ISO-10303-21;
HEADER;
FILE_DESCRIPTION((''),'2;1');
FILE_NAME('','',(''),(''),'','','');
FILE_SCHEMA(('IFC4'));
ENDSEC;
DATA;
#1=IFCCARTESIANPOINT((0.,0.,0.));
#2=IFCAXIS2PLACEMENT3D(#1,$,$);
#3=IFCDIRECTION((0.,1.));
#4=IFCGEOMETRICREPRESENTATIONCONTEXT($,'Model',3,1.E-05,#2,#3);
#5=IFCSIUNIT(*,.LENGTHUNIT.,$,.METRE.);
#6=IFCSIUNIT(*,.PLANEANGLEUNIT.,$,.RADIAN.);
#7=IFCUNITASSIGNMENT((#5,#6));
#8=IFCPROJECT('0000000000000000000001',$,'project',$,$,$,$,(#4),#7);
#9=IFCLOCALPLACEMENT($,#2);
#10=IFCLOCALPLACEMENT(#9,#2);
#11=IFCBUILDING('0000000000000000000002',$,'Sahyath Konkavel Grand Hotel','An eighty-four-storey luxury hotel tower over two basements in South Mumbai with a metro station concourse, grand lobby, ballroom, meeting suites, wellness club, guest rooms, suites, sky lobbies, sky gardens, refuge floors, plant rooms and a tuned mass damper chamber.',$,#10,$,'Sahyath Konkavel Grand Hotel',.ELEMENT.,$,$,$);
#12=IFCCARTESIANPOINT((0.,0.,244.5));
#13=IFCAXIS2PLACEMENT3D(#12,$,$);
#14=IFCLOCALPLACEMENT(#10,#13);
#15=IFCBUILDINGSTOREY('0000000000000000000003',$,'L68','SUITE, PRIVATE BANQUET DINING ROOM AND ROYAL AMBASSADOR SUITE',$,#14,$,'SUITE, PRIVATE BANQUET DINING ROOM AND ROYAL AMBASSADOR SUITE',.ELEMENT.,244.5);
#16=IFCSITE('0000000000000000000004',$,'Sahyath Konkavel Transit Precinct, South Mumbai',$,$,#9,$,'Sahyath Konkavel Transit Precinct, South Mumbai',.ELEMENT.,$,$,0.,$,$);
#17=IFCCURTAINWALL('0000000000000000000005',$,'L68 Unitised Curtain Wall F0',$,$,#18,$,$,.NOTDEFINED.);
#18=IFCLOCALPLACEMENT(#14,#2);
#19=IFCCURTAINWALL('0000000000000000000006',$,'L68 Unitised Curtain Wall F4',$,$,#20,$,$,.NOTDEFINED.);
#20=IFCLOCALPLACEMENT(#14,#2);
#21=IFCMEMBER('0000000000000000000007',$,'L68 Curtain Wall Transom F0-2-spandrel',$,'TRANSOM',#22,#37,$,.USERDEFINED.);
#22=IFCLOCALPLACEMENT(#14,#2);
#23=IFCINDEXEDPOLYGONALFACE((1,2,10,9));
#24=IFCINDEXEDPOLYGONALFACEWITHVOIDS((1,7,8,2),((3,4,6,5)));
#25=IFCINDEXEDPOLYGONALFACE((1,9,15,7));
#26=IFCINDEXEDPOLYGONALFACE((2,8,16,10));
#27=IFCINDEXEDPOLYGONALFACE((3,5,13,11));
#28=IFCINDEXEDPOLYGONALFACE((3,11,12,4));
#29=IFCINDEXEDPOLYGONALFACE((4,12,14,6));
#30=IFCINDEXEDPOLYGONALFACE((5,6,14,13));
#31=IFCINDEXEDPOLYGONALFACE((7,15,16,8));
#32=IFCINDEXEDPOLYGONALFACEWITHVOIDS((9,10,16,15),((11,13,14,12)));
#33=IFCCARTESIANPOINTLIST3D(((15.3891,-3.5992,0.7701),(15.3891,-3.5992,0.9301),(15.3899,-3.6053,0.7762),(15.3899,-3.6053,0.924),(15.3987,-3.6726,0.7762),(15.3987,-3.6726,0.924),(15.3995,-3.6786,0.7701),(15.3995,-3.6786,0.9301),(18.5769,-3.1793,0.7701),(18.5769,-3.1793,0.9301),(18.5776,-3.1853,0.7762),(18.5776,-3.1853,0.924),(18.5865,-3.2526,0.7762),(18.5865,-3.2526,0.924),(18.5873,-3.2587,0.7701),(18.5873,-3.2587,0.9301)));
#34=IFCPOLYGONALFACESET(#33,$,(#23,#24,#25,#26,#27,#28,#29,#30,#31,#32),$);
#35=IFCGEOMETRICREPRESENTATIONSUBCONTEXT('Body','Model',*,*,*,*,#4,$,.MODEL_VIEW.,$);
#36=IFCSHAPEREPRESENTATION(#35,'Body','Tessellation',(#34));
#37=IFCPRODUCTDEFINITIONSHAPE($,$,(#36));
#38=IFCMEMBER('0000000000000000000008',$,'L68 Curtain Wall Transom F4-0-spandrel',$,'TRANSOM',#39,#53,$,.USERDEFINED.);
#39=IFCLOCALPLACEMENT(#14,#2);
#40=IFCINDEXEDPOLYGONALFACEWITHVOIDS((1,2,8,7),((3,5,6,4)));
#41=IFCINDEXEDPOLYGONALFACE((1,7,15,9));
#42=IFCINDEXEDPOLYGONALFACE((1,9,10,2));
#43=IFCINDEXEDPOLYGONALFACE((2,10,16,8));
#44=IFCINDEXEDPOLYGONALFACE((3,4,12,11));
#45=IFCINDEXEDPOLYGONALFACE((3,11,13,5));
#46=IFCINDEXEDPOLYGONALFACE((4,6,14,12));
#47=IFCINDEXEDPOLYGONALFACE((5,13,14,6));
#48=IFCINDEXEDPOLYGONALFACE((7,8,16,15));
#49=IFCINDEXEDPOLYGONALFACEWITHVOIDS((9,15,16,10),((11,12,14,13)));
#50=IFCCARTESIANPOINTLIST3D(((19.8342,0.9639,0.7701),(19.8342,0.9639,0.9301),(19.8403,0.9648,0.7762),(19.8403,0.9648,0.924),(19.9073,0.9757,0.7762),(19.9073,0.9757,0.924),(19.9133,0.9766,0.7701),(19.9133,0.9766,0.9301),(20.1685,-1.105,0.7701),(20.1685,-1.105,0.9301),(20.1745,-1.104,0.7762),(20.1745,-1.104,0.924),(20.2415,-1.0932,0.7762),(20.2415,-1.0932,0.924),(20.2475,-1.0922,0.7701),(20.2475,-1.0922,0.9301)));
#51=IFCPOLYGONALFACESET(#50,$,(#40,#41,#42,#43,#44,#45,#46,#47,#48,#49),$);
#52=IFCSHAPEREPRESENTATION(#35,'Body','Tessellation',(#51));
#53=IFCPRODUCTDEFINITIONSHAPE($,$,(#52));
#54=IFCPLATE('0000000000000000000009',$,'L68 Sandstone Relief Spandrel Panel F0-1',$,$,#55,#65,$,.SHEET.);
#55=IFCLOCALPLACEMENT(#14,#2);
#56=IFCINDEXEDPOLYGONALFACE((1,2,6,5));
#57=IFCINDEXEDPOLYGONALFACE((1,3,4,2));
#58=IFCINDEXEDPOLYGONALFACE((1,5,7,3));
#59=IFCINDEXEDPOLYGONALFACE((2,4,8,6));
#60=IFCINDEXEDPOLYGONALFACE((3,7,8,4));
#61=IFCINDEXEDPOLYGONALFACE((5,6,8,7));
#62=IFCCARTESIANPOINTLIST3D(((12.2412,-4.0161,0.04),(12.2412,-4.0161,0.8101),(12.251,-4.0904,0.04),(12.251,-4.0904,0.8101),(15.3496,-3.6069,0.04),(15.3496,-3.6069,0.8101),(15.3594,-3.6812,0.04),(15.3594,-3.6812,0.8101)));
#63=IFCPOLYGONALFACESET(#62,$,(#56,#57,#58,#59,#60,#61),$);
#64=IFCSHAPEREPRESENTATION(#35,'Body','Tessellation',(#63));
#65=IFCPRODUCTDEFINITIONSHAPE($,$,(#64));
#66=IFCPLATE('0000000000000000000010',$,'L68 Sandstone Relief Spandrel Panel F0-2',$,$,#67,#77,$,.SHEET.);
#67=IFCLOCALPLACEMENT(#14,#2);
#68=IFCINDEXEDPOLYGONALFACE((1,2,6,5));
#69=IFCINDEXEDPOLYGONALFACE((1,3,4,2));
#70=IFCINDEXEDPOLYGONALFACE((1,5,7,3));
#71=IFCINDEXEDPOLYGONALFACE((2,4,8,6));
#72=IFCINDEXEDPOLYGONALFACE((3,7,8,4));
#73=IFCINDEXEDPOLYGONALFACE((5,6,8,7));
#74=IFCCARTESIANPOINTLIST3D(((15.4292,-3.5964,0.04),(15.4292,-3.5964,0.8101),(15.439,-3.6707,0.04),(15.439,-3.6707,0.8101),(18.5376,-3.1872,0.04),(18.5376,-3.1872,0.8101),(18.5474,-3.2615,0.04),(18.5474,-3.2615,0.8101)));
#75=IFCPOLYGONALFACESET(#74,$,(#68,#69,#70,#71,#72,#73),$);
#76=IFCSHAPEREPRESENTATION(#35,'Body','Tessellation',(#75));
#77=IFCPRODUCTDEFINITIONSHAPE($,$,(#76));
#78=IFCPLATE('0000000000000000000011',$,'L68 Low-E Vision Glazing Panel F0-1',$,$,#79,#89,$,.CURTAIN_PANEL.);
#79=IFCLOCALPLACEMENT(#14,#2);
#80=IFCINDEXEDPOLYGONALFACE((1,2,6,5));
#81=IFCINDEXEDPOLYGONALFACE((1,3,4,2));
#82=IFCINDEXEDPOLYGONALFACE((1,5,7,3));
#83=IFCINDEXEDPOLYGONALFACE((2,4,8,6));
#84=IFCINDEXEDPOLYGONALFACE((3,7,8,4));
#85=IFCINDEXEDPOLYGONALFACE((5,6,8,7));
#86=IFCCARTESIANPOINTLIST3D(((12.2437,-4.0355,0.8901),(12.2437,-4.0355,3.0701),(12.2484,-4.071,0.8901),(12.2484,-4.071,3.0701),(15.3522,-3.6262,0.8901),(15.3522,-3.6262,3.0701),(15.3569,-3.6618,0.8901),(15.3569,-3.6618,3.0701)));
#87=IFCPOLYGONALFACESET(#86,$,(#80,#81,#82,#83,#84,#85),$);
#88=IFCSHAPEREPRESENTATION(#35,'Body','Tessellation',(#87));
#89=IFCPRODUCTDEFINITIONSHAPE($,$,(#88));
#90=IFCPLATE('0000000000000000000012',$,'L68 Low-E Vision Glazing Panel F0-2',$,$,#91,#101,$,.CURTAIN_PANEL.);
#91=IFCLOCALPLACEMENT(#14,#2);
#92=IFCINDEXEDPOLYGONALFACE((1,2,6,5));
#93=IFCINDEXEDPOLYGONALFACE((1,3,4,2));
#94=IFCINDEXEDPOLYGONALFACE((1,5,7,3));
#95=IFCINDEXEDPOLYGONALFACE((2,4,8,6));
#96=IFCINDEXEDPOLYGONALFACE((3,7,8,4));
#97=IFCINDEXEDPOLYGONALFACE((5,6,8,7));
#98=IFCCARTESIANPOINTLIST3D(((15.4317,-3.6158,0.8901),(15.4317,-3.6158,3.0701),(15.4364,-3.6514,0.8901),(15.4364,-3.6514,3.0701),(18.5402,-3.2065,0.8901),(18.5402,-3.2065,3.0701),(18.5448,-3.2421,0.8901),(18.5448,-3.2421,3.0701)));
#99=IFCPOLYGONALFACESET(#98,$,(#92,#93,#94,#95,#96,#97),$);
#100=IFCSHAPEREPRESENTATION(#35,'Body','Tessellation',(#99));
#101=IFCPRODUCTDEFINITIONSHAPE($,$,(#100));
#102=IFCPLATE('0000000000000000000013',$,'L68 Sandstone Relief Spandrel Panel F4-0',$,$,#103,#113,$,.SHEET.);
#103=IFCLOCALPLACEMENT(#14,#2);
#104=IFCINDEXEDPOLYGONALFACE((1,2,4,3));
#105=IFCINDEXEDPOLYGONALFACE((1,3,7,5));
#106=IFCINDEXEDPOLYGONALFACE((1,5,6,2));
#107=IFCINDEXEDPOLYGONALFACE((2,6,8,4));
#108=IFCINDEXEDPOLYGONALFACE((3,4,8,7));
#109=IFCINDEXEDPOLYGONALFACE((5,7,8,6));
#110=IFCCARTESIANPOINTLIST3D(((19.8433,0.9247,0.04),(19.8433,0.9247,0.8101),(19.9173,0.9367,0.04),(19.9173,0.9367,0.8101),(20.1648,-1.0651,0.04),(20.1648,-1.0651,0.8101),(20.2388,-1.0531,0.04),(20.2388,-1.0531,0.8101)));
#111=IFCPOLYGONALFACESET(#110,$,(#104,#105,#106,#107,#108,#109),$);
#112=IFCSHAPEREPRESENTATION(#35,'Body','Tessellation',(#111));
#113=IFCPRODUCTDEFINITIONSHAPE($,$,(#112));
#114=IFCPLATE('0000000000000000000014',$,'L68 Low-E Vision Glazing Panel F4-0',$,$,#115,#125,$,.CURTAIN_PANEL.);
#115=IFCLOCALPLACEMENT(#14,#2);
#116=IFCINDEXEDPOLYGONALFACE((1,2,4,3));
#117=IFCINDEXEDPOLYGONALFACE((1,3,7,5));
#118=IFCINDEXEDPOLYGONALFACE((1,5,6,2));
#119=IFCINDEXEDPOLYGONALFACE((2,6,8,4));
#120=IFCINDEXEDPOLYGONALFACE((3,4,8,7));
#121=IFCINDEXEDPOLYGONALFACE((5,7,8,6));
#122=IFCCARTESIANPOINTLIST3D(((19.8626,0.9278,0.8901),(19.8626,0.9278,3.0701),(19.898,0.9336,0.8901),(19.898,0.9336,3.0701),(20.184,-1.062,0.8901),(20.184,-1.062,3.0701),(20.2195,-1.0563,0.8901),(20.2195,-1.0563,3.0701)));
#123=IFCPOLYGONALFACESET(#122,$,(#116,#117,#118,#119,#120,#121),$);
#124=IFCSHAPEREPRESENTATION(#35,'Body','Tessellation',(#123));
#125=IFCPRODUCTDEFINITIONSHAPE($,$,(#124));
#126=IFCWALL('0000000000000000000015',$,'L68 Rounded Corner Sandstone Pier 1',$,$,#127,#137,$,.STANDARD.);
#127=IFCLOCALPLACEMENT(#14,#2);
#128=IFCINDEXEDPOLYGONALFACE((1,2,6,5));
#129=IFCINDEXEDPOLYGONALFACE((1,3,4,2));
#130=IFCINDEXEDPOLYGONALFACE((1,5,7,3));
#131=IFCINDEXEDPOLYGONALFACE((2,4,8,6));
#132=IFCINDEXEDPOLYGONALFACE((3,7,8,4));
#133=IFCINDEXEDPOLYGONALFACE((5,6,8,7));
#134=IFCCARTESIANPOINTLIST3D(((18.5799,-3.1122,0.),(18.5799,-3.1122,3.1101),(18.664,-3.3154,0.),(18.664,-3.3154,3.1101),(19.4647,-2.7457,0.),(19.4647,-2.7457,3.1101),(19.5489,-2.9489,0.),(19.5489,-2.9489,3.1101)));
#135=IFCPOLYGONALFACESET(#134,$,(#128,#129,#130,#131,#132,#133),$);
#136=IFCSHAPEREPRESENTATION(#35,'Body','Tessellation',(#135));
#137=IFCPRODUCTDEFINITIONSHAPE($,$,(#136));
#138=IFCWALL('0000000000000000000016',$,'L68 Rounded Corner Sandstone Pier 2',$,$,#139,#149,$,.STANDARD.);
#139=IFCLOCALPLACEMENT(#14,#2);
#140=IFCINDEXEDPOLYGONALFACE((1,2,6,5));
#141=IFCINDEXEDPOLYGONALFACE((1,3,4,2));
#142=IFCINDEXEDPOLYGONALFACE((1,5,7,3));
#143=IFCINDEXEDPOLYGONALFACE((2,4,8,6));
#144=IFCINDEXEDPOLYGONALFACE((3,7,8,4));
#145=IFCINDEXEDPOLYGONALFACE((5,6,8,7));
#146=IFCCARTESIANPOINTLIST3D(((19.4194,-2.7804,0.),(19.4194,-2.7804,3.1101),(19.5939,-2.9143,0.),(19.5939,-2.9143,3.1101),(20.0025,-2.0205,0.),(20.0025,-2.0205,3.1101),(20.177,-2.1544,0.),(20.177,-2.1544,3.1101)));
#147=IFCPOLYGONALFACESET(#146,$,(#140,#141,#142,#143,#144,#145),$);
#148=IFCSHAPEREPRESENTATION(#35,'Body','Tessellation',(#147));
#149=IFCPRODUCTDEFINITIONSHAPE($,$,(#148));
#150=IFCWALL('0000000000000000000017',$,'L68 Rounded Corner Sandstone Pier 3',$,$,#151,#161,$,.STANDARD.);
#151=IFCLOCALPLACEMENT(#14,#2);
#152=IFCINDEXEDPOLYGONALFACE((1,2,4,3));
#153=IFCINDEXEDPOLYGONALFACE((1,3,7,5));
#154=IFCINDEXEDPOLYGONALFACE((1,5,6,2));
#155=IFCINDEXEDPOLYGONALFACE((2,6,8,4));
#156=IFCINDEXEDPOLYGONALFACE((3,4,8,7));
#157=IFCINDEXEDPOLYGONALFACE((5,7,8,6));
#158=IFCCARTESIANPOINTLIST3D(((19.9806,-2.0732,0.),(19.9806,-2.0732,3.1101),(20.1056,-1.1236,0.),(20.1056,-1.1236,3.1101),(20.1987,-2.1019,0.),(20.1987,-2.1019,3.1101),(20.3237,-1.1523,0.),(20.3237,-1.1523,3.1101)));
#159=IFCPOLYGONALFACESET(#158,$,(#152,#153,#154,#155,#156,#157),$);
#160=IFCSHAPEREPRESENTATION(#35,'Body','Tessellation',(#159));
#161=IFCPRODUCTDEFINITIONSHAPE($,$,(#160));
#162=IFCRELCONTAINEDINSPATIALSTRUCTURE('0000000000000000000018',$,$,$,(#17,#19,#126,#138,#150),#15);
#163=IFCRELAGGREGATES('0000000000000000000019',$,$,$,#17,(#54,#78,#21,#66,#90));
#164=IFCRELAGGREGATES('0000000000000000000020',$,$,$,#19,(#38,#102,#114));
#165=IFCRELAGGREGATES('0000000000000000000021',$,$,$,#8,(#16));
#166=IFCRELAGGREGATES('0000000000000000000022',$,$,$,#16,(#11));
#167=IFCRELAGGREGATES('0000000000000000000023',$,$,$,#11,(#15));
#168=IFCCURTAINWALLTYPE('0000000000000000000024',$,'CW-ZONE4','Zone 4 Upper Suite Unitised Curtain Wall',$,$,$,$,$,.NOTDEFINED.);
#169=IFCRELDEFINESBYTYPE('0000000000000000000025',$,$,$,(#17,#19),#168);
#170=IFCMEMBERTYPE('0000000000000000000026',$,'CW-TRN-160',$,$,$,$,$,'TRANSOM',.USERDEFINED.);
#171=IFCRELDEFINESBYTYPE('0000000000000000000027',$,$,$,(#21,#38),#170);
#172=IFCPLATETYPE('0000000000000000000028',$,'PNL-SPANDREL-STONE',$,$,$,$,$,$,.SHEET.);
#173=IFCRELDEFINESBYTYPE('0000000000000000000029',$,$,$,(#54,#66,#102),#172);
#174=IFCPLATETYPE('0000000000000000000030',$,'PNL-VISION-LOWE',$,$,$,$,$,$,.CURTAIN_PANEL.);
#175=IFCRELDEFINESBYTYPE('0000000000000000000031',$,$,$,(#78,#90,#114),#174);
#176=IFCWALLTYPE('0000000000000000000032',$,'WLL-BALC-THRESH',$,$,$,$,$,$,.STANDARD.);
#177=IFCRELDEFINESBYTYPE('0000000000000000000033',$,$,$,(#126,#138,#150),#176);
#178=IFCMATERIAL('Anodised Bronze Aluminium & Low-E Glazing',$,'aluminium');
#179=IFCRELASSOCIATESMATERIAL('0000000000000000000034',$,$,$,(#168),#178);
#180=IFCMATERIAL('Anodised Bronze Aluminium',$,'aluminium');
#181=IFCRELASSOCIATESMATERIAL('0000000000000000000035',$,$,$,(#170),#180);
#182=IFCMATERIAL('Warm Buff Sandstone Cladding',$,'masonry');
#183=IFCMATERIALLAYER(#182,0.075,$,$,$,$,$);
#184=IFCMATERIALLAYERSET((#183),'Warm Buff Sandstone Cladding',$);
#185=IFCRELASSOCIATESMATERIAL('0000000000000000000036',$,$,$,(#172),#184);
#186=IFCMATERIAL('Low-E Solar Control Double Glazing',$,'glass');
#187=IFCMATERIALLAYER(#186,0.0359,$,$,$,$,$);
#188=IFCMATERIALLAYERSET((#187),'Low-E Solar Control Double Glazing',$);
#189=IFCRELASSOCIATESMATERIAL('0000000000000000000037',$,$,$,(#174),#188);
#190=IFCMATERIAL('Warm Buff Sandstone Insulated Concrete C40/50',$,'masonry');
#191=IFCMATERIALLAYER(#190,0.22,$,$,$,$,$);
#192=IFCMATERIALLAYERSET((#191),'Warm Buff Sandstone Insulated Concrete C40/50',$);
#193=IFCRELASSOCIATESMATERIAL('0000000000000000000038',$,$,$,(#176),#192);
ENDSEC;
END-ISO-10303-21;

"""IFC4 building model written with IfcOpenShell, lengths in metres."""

from ifc_helpers import new_model, si_unit, direction, frame, frame_2d, origin, origin_2d, place, context, subcontext, project, spatial, rectangle, hollow_rectangle, extrude, source, transform, mapped, material, layer, layer_set, material_profile, profile_set, type_object, element, aggregate, save


model = new_model("IFC4")

# Units and contexts
model_context = context("Model", 3, precision=1e-05, world=origin(), true_north=direction((0.0, 1.0)))
body_context = subcontext(model_context, "Body", "Model", "MODEL_VIEW")
ifc_project = project(units=[si_unit("LENGTHUNIT", "METRE"), si_unit("PLANEANGLEUNIT", "RADIAN")], contexts=[model_context])

# Site, building, storey
site_placement = place(None, origin())
site = spatial("IfcSite", under=ifc_project, at=site_placement, Name="Sahyath Konkavel Transit Precinct, South Mumbai", LongName="Sahyath Konkavel Transit Precinct, South Mumbai", CompositionType="ELEMENT", RefElevation=0.0)
building_placement = place(site_placement, origin())
building = spatial("IfcBuilding", under=site, at=building_placement, Name="Sahyath Konkavel Grand Hotel", Description="An eighty-four-storey luxury hotel tower over two basements in South Mumbai with a metro station concourse, grand lobby, ballroom, meeting suites, wellness club, guest rooms, suites, sky lobbies, sky gardens, refuge floors, plant rooms and a tuned mass damper chamber.", LongName="Sahyath Konkavel Grand Hotel", CompositionType="ELEMENT")
storey_placement = place(building_placement, frame((0.0, 0.0, 244.5)))
storey = spatial("IfcBuildingStorey", under=building, at=storey_placement, Name="L68", Description="SUITE, PRIVATE BANQUET DINING ROOM AND ROYAL AMBASSADOR SUITE", LongName="SUITE, PRIVATE BANQUET DINING ROOM AND ROYAL AMBASSADOR SUITE", CompositionType="ELEMENT", Elevation=244.5)

# Curtain wall
ifc_material_1 = material(Name="Anodised Bronze Aluminium & Low-E Glazing", Category="aluminium")
curtain_wall_type = type_object("IfcCurtainWallType", Name="CW-ZONE4", Description="Zone 4 Upper Suite Unitised Curtain Wall", PredefinedType="NOTDEFINED", material=ifc_material_1)
curtain_wall_1_placement = place(storey_placement, origin())
curtain_wall_1 = element("IfcCurtainWall", 1, at=curtain_wall_1_placement, inside=storey, type_object=curtain_wall_type, Name="L68 Unitised Curtain Wall F0", PredefinedType="NOTDEFINED")
ifc_material_2 = material(Name="Anodised Bronze Aluminium", Category="aluminium")

# Curtain wall
curtain_wall_2_placement = place(storey_placement, origin())
curtain_wall_2 = element("IfcCurtainWall", 2, at=curtain_wall_2_placement, inside=storey, type_object=curtain_wall_type, Name="L68 Unitised Curtain Wall F4", PredefinedType="NOTDEFINED")

# Members
ifc_material_profile_1 = material_profile(ifc_material_2, hollow_rectangle(XDim=0.0801, YDim=0.1599, WallThickness=0.0061, at=origin_2d()), Name="RHS 160x80x6")
ifc_profile_set_1 = profile_set([ifc_material_profile_1], Name="Anodised Bronze Aluminium")
member_type_1 = type_object("IfcMemberType", Name="CW-TRN-160", ElementType="TRANSOM", PredefinedType="USERDEFINED", material=ifc_profile_set_1)
shared_shape_1 = source(origin(), body_context, "Body", "SweptSolid", [
    extrude(hollow_rectangle(XDim=0.0801, YDim=0.1599, WallThickness=0.0061, at=origin_2d()), origin(), (0.0, 0.0, 1.0), 3.2153),
])
member_1_placement = place(storey_placement, frame((15.3943, -3.6389, 0.8501), z_axis=(0.991435, 0.130602, 0.0), x_axis=(-0.130602, 0.991435, 0.0)))
member_1 = element("IfcMember", 3, at=member_1_placement, type_object=member_type_1, Name="L68 Curtain Wall Transom F0-2-spandrel", ObjectType="TRANSOM", PredefinedType="USERDEFINED", context=body_context, shape_type="MappedRepresentation", body=[
    mapped(shared_shape_1, transform((0.0, 0.0, 0.0), scale=1.0)),
])
shared_shape_2 = source(origin(), body_context, "Body", "SweptSolid", [
    extrude(hollow_rectangle(XDim=0.0801, YDim=0.1599, WallThickness=0.0061, at=origin_2d()), origin(), (0.0, 0.0, 1.0), 2.0957),
])
member_2_placement = place(storey_placement, frame((20.208, -1.0986, 0.8501), z_axis=(-0.159485, 0.9872, 0.0), x_axis=(-0.9872, -0.159485, 0.0)))
member_2 = element("IfcMember", 4, at=member_2_placement, type_object=member_type_1, Name="L68 Curtain Wall Transom F4-0-spandrel", ObjectType="TRANSOM", PredefinedType="USERDEFINED", context=body_context, shape_type="MappedRepresentation", body=[
    mapped(shared_shape_2, transform((0.0, 0.0, 0.0), scale=1.0)),
])

# Plates
ifc_material_3 = material(Name="Warm Buff Sandstone Cladding", Category="masonry")
ifc_layer_1 = layer(ifc_material_3, 0.075)
ifc_layer_set_1 = layer_set([ifc_layer_1], Name="Warm Buff Sandstone Cladding")
plate_type_1 = type_object("IfcPlateType", Name="PNL-SPANDREL-STONE", PredefinedType="SHEET", material=ifc_layer_set_1)
shared_shape_3 = source(origin(), body_context, "Body", "SweptSolid", [
    extrude(rectangle(XDim=3.1353, YDim=0.075, at=origin_2d()), origin(), (0.0, 0.0, 1.0), 0.77),
])
plate_1_placement = place(storey_placement, frame((13.8003, -3.8486, 0.04), z_axis=(0.0, 0.0, 1.0), x_axis=(0.991445, 0.130526, 0.0)))
plate_1 = element("IfcPlate", 5, at=plate_1_placement, type_object=plate_type_1, Name="L68 Sandstone Relief Spandrel Panel F0-1", PredefinedType="SHEET", context=body_context, shape_type="MappedRepresentation", body=[
    mapped(shared_shape_3, transform((0.0, 0.0, 0.0), scale=1.0)),
])
plate_2_placement = place(storey_placement, frame((16.9883, -3.429, 0.04), z_axis=(0.0, 0.0, 1.0), x_axis=(0.991445, 0.130526, 0.0)))
plate_2 = element("IfcPlate", 6, at=plate_2_placement, type_object=plate_type_1, Name="L68 Sandstone Relief Spandrel Panel F0-2", PredefinedType="SHEET", context=body_context, shape_type="MappedRepresentation", body=[
    mapped(shared_shape_3, transform((0.0, 0.0, 0.0), scale=1.0)),
])
ifc_material_4 = material(Name="Low-E Solar Control Double Glazing", Category="glass")
ifc_layer_2 = layer(ifc_material_4, 0.0359)
ifc_layer_set_2 = layer_set([ifc_layer_2], Name="Low-E Solar Control Double Glazing")
plate_type_2 = type_object("IfcPlateType", Name="PNL-VISION-LOWE", PredefinedType="CURTAIN_PANEL", material=ifc_layer_set_2)
shared_shape_4 = source(origin(), body_context, "Body", "SweptSolid", [
    extrude(rectangle(XDim=3.1353, YDim=0.0359, at=origin_2d()), origin(), (0.0, 0.0, 1.0), 2.1799),
])
plate_3_placement = place(storey_placement, frame((13.8003, -3.8486, 0.8901), z_axis=(0.0, 0.0, 1.0), x_axis=(0.991445, 0.130526, 0.0)))
plate_3 = element("IfcPlate", 7, at=plate_3_placement, type_object=plate_type_2, Name="L68 Low-E Vision Glazing Panel F0-1", PredefinedType="CURTAIN_PANEL", context=body_context, shape_type="MappedRepresentation", body=[
    mapped(shared_shape_4, transform((0.0, 0.0, 0.0), scale=1.0)),
])
plate_4_placement = place(storey_placement, frame((16.9883, -3.429, 0.8901), z_axis=(0.0, 0.0, 1.0), x_axis=(0.991445, 0.130526, 0.0)))
plate_4 = element("IfcPlate", 8, at=plate_4_placement, type_object=plate_type_2, Name="L68 Low-E Vision Glazing Panel F0-2", PredefinedType="CURTAIN_PANEL", context=body_context, shape_type="MappedRepresentation", body=[
    mapped(shared_shape_4, transform((0.0, 0.0, 0.0), scale=1.0)),
])
aggregate(curtain_wall_1, [plate_1, plate_3, member_1, plate_2, plate_4])
shared_shape_5 = source(origin(), body_context, "Body", "SweptSolid", [
    extrude(rectangle(XDim=2.0156, YDim=0.075, at=origin_2d()), origin(), (0.0, 0.0, 1.0), 0.77),
])
plate_5_placement = place(storey_placement, frame((20.041, -0.0642, 0.04), z_axis=(0.0, 0.0, 1.0), x_axis=(-0.159502, 0.987198, 0.0)))
plate_5 = element("IfcPlate", 9, at=plate_5_placement, type_object=plate_type_1, Name="L68 Sandstone Relief Spandrel Panel F4-0", PredefinedType="SHEET", context=body_context, shape_type="MappedRepresentation", body=[
    mapped(shared_shape_5, transform((0.0, 0.0, 0.0), scale=1.0)),
])
shared_shape_6 = source(origin(), body_context, "Body", "SweptSolid", [
    extrude(rectangle(XDim=2.0156, YDim=0.0359, at=origin_2d()), origin(), (0.0, 0.0, 1.0), 2.1799),
])
plate_6_placement = place(storey_placement, frame((20.041, -0.0642, 0.8901), z_axis=(0.0, 0.0, 1.0), x_axis=(-0.159502, 0.987198, 0.0)))
plate_6 = element("IfcPlate", 10, at=plate_6_placement, type_object=plate_type_2, Name="L68 Low-E Vision Glazing Panel F4-0", PredefinedType="CURTAIN_PANEL", context=body_context, shape_type="MappedRepresentation", body=[
    mapped(shared_shape_6, transform((0.0, 0.0, 0.0), scale=1.0)),
])
aggregate(curtain_wall_2, [member_2, plate_5, plate_6])

# Walls
ifc_material_5 = material(Name="Warm Buff Sandstone Insulated Concrete C40/50", Category="masonry")
ifc_layer_3 = layer(ifc_material_5, 0.22)
ifc_layer_set_3 = layer_set([ifc_layer_3], Name="Warm Buff Sandstone Insulated Concrete C40/50")
wall_type_1 = type_object("IfcWallType", Name="WLL-BALC-THRESH", PredefinedType="STANDARD", material=ifc_layer_set_3)
for number, where, z_axis, x_axis, name in (
    (11, (18.6218, -3.2139, 0.0), (0.0, 0.0, 1.0), (0.923889, 0.38266, 0.0), "L68 Rounded Corner Sandstone Pier 1"),
    (12, (19.5066, -2.8474, 0.0), (0.0, 0.0, 1.0), (0.608774, 0.793344, 0.0), "L68 Rounded Corner Sandstone Pier 2"),
    (13, (20.0896, -2.0876, 0.0), (0.0, 0.0, 1.0), (0.130527, 0.991445, 0.0), "L68 Rounded Corner Sandstone Pier 3"),
):
    element("IfcWall", number, at=place(storey_placement, frame(where, z_axis=z_axis, x_axis=x_axis)), inside=storey, type_object=wall_type_1, Name=name, PredefinedType="STANDARD", context=body_context, shape_type="SweptSolid", body=[
        extrude(rectangle(XDim=0.9578, YDim=0.22, at=frame_2d((0.479, 0.0))), origin(), (0.0, 0.0, 1.0), 3.1101),
    ])

save(model, "model.ifc")
